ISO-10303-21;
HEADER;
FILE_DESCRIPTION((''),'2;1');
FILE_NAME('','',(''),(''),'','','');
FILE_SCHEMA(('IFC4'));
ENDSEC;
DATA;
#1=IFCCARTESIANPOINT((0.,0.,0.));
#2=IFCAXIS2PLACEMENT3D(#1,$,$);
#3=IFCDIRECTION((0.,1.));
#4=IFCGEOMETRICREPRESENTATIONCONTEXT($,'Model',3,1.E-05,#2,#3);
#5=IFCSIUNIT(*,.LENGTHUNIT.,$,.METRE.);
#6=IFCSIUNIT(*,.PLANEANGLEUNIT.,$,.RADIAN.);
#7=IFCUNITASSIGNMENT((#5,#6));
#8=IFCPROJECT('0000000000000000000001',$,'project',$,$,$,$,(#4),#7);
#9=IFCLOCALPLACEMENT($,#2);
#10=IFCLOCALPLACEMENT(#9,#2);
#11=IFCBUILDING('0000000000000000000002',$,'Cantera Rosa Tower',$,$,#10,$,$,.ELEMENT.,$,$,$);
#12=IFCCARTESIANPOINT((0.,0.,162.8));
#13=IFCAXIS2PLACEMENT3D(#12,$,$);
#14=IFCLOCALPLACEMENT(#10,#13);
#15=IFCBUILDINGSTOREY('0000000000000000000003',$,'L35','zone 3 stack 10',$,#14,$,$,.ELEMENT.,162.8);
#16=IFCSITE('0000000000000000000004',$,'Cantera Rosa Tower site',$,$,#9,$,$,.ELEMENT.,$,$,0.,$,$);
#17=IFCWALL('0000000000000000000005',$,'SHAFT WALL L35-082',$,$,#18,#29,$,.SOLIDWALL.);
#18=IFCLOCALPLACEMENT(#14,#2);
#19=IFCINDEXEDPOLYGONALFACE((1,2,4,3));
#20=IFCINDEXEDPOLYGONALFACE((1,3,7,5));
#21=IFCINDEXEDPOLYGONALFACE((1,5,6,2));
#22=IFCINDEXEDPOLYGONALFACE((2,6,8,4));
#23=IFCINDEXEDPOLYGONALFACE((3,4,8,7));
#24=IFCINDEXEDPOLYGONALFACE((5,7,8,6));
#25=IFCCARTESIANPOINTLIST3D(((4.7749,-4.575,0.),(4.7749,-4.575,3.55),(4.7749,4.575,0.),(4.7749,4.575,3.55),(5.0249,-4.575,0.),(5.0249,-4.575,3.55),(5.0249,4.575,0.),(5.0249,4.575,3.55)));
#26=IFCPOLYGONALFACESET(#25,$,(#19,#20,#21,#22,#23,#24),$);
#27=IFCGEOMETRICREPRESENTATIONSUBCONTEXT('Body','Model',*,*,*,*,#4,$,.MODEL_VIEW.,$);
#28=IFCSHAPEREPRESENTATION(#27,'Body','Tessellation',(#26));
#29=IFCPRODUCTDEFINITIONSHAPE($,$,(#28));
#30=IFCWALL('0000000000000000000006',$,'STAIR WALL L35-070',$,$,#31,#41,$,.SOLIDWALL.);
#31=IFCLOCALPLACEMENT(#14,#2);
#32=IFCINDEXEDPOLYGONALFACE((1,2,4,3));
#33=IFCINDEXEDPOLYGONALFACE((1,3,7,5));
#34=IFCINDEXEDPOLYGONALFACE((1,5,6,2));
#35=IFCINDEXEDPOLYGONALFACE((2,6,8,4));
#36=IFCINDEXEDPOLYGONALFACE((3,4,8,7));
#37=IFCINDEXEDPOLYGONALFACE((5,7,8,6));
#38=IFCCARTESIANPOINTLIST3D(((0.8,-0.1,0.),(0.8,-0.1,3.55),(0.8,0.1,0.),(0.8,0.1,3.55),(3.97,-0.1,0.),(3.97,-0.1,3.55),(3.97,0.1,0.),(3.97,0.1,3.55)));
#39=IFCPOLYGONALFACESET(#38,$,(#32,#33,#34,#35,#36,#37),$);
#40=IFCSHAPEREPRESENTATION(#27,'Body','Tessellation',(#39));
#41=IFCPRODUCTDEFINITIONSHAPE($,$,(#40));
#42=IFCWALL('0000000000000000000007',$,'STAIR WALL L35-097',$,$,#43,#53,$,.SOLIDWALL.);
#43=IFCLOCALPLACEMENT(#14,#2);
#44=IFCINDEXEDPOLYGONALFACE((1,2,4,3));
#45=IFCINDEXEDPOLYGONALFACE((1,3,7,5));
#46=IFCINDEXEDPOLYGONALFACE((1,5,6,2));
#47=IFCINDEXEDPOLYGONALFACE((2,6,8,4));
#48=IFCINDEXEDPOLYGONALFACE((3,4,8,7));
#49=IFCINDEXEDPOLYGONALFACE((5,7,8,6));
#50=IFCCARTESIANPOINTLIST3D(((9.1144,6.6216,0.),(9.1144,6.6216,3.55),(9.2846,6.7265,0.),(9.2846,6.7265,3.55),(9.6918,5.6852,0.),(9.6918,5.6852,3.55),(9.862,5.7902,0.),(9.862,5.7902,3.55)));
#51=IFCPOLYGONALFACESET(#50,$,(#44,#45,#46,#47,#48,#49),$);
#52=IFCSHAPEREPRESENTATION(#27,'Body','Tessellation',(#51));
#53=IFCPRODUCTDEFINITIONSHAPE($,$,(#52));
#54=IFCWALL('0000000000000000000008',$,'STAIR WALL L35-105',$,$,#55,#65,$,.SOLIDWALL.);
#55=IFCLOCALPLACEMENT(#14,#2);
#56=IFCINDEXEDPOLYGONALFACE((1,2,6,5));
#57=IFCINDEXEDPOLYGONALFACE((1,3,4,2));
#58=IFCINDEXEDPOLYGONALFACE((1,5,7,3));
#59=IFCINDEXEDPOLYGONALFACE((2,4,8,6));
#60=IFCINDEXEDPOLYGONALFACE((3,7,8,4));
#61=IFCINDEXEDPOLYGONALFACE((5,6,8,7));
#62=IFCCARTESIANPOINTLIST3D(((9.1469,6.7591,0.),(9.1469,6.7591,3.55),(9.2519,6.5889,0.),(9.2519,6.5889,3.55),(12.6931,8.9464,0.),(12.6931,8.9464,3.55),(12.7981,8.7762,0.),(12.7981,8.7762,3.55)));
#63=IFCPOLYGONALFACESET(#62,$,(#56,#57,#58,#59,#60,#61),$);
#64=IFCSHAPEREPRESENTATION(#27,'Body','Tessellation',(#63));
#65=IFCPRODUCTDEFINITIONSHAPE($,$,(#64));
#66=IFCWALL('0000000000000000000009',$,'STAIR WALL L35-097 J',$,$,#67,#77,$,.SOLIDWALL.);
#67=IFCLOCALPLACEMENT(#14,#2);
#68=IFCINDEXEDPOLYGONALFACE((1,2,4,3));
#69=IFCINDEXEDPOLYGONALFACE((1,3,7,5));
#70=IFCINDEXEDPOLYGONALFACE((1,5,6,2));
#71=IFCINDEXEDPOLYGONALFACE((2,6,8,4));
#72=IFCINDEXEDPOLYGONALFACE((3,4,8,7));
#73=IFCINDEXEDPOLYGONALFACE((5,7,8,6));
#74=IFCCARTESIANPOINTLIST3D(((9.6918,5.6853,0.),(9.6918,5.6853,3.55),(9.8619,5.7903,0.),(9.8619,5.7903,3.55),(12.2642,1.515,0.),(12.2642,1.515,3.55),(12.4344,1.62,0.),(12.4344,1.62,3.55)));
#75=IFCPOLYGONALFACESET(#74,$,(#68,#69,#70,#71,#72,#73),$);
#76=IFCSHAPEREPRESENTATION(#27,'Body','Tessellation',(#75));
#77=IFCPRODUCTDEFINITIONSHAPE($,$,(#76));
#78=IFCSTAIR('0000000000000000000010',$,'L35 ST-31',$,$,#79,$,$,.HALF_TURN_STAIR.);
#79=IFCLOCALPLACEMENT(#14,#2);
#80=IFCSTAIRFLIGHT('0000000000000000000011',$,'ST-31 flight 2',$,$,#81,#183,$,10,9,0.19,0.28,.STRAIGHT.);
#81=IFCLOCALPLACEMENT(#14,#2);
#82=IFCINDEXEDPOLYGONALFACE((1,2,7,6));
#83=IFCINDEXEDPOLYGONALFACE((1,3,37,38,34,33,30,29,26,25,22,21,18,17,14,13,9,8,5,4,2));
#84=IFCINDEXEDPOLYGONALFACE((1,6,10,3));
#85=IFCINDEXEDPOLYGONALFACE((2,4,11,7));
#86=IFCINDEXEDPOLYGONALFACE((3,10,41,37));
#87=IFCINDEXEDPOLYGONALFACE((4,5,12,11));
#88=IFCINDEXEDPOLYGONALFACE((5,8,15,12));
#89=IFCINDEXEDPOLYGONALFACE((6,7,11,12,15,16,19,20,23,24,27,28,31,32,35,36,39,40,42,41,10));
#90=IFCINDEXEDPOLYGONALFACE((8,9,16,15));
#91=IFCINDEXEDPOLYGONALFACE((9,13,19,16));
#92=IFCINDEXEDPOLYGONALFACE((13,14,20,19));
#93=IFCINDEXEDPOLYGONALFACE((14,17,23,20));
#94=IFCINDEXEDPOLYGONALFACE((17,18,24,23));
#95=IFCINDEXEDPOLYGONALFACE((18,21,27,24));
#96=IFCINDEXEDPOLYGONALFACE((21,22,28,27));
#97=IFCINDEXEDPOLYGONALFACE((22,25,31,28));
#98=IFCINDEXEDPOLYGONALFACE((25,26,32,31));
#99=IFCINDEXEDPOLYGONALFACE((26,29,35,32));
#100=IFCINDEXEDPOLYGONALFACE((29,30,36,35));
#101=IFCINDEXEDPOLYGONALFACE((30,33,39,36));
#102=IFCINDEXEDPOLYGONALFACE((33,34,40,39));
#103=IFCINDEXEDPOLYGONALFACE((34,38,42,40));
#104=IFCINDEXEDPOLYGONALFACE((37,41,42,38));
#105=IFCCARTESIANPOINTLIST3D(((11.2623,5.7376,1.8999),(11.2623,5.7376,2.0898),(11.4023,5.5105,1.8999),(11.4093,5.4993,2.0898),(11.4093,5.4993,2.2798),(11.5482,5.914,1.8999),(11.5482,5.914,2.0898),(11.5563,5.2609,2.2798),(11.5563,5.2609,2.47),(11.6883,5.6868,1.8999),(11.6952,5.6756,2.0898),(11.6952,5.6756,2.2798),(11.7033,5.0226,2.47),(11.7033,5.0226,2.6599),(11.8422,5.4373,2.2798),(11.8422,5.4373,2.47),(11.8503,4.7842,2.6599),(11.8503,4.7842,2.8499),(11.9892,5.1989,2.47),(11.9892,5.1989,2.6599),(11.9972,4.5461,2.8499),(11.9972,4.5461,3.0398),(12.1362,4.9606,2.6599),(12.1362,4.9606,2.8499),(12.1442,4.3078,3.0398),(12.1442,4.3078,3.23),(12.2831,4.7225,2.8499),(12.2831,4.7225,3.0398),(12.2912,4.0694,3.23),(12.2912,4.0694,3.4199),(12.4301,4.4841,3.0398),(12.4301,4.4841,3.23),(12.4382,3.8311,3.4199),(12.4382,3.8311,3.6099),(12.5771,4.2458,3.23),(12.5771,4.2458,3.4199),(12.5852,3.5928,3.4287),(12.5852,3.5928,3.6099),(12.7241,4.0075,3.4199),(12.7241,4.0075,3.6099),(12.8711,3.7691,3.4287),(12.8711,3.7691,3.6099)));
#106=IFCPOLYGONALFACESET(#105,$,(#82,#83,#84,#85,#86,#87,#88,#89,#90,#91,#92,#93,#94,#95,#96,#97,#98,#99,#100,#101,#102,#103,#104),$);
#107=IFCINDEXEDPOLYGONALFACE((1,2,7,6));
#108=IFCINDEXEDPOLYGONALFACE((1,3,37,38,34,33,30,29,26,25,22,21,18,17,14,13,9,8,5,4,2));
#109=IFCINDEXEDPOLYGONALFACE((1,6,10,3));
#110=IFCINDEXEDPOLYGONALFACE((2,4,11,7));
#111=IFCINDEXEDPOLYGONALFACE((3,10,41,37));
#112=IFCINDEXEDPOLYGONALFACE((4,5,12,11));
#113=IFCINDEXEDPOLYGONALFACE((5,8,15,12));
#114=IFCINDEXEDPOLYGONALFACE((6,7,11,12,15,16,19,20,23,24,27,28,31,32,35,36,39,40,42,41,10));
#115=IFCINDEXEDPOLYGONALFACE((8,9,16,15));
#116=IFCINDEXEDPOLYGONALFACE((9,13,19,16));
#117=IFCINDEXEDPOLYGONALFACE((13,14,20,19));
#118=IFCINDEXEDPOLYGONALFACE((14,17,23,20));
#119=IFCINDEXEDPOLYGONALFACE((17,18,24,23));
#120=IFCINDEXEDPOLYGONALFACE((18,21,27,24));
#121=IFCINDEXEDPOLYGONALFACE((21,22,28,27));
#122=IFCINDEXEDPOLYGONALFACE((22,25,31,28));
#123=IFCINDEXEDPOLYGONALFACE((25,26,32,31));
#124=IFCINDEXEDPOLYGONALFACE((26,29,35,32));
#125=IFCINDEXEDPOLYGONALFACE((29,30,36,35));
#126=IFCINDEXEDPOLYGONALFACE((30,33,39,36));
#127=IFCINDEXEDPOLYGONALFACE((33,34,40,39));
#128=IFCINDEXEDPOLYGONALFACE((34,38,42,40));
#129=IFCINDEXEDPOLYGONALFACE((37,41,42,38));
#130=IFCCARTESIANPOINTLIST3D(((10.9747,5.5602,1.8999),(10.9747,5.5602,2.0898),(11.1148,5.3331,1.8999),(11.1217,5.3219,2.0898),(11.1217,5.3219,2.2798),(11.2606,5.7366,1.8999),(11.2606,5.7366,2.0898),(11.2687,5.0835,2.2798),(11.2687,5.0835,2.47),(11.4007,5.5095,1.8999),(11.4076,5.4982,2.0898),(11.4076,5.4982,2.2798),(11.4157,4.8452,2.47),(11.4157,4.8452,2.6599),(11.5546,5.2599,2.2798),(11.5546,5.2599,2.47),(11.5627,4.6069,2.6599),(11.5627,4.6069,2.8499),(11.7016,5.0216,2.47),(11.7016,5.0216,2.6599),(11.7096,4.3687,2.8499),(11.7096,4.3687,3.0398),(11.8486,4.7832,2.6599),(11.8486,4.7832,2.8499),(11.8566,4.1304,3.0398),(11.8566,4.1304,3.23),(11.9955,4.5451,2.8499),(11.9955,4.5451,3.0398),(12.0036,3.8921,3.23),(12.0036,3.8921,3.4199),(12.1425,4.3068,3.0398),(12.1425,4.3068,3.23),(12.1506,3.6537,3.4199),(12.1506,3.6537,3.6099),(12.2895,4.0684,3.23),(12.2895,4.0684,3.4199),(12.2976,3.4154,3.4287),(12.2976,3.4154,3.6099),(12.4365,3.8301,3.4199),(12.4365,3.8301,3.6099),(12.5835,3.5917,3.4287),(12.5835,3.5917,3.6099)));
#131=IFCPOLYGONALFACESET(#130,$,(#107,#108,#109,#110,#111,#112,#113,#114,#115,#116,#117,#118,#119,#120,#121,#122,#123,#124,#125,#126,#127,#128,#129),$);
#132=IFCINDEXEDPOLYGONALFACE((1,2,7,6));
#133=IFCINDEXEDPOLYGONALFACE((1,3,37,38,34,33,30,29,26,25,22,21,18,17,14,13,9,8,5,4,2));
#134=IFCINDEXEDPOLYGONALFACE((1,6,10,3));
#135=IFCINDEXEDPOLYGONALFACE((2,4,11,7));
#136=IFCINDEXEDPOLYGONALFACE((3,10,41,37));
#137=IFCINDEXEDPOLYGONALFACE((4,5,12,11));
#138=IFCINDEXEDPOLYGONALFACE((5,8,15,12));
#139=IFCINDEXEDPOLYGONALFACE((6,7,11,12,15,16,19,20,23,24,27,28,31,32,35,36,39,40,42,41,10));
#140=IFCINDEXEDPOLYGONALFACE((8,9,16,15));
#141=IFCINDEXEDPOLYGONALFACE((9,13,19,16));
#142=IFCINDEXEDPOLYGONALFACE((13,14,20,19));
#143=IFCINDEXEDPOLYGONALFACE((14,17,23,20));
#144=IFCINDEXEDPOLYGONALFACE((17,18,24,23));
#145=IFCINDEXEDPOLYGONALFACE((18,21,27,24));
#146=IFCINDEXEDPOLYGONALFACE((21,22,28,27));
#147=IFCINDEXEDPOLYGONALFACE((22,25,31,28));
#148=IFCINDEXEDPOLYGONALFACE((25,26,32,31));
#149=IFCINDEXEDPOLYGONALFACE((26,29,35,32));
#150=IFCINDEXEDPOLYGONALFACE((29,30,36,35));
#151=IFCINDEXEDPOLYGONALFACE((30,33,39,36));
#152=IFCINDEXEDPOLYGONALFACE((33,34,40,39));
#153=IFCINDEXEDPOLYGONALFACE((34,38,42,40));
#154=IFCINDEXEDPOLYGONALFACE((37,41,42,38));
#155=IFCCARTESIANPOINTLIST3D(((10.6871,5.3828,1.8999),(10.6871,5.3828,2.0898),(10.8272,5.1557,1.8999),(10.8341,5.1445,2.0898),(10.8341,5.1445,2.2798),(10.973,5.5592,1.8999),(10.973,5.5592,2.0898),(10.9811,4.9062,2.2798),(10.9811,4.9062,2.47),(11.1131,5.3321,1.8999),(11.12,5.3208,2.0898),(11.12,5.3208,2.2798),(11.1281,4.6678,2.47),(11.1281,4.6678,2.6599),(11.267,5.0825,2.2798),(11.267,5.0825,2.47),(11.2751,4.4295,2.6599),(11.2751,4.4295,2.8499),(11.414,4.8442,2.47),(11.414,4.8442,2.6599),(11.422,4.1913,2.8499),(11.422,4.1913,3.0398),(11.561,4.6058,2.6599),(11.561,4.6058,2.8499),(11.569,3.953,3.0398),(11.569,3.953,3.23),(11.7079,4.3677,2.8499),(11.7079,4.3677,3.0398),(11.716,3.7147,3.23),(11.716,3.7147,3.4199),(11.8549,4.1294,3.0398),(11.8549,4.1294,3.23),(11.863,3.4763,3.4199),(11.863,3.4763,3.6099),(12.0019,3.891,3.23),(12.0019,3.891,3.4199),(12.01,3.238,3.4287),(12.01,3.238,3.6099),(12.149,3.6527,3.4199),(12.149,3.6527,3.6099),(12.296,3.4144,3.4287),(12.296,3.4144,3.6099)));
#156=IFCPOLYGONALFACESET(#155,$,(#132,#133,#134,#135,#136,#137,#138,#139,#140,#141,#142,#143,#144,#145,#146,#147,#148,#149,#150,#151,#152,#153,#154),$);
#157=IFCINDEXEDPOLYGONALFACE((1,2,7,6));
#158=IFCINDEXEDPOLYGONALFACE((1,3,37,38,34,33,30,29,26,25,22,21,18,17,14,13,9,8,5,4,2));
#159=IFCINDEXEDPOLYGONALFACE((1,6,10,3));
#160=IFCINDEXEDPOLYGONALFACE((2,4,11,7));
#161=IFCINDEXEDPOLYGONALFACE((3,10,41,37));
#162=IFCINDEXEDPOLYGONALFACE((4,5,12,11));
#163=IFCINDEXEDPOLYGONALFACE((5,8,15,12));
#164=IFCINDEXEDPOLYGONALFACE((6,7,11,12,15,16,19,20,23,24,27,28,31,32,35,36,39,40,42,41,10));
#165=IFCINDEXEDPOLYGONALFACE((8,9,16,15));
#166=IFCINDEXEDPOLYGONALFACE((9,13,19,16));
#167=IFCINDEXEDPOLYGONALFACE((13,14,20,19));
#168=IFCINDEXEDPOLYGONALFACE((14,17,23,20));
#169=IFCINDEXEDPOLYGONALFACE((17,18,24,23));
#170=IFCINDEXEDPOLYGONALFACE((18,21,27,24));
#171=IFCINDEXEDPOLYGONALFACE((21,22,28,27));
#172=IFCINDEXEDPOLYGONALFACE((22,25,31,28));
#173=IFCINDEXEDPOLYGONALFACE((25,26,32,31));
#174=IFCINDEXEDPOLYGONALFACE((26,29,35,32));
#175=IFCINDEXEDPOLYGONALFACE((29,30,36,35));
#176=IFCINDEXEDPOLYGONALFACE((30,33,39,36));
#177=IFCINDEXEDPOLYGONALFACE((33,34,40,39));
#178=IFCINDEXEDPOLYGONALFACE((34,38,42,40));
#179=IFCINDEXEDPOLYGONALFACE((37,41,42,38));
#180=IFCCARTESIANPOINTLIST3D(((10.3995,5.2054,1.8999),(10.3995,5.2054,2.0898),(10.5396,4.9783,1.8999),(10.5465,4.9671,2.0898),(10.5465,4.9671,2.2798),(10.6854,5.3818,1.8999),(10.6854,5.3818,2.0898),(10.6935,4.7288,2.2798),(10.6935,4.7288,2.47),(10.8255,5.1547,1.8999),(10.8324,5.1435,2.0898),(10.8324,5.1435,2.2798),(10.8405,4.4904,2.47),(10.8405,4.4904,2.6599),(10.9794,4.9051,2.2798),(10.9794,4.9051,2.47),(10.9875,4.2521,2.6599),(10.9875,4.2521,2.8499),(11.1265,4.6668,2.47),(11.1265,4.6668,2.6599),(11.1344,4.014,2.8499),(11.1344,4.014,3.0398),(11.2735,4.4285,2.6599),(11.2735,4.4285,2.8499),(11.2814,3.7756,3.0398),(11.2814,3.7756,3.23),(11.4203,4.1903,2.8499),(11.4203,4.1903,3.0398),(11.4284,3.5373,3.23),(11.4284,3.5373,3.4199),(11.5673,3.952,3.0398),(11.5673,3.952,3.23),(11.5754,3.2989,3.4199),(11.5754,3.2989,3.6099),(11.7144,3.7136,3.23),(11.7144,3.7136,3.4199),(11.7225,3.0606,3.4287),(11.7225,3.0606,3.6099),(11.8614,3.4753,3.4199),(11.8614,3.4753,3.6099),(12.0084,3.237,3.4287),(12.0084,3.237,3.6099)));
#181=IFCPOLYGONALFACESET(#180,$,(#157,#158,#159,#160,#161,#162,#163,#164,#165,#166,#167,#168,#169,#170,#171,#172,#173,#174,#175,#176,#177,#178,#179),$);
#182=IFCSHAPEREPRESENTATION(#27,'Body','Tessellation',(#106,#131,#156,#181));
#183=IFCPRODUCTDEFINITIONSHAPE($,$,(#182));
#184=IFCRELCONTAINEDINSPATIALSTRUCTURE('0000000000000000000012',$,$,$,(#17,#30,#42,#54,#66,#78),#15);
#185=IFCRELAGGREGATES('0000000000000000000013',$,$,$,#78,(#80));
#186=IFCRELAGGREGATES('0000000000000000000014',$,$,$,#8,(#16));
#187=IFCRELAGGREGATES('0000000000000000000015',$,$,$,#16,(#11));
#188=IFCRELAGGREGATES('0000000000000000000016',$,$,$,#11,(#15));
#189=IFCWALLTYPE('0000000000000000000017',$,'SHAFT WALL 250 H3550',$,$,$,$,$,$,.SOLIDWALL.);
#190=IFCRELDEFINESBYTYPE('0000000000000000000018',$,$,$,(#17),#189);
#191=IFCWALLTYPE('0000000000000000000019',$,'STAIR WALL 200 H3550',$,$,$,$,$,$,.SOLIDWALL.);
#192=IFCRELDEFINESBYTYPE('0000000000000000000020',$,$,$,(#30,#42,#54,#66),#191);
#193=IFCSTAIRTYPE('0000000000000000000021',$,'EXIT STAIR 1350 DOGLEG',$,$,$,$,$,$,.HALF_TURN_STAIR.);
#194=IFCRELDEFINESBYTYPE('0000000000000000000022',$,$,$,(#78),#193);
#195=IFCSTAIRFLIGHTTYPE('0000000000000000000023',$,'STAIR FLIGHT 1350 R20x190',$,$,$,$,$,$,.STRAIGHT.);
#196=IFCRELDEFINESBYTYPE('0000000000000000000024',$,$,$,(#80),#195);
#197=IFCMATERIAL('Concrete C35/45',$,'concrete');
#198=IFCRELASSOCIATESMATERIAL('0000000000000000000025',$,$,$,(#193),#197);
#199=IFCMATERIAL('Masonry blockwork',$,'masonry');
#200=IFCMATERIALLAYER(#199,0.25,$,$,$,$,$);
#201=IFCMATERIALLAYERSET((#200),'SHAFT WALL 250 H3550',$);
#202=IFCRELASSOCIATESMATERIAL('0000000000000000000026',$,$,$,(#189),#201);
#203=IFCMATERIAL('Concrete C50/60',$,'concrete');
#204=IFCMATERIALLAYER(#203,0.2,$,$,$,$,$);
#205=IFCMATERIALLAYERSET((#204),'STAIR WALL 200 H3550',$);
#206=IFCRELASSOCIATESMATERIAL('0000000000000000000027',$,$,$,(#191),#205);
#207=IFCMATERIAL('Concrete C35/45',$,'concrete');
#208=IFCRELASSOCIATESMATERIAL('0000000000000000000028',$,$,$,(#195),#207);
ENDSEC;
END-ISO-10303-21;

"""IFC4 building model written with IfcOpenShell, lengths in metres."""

from ifc_helpers import new_model, si_unit, direction, frame, frame_2d, origin, place, context, subcontext, project, spatial, polyline, rectangle, outline, extrude, material, layer, layer_set, type_object, element, aggregate, save


model = new_model("IFC4")

# Units and contexts
model_context = context("Model", 3, precision=1e-05, world=origin(), true_north=direction((0.0, 1.0)))
body_context = subcontext(model_context, "Body", "Model", "MODEL_VIEW")
ifc_project = project(units=[si_unit("LENGTHUNIT", "METRE"), si_unit("PLANEANGLEUNIT", "RADIAN")], contexts=[model_context])

# Site, building, storey
site_placement = place(None, origin())
site = spatial("IfcSite", under=ifc_project, at=site_placement, Name="Cantera Rosa Tower site", CompositionType="ELEMENT", RefElevation=0.0)
building_placement = place(site_placement, origin())
building = spatial("IfcBuilding", under=site, at=building_placement, Name="Cantera Rosa Tower", CompositionType="ELEMENT")
storey_placement = place(building_placement, frame((0.0, 0.0, 162.8)))
storey = spatial("IfcBuildingStorey", under=building, at=storey_placement, Name="L35", Description="zone 3 stack 10", CompositionType="ELEMENT", Elevation=162.8)

# Shared definitions
ifc_material_1 = material(Name="Concrete C35/45", Category="concrete")
stair_type = type_object("IfcStairType", Name="EXIT STAIR 1350 DOGLEG", PredefinedType="HALF_TURN_STAIR", material=ifc_material_1)

# Walls
ifc_material_2 = material(Name="Masonry blockwork", Category="masonry")
ifc_layer_1 = layer(ifc_material_2, 0.25)
ifc_layer_set_1 = layer_set([ifc_layer_1], Name="SHAFT WALL 250 H3550")
wall_type_1 = type_object("IfcWallType", Name="SHAFT WALL 250 H3550", PredefinedType="SOLIDWALL", material=ifc_layer_set_1)
wall_1_placement = place(storey_placement, frame((4.8999, 4.575, 0.0), z_axis=(0.0, 0.0, 1.0), x_axis=(0.0, -1.0, 0.0)))
element("IfcWall", 1, at=wall_1_placement, inside=storey, type_object=wall_type_1, Name="SHAFT WALL L35-082", PredefinedType="SOLIDWALL", context=body_context, shape_type="SweptSolid", body=[
    extrude(rectangle(XDim=9.1499, YDim=0.25, at=frame_2d((4.575, 0.0))), origin(), (0.0, 0.0, 1.0), 3.55),
])
ifc_material_3 = material(Name="Concrete C50/60", Category="concrete")
ifc_layer_2 = layer(ifc_material_3, 0.2)
ifc_layer_set_2 = layer_set([ifc_layer_2], Name="STAIR WALL 200 H3550")
wall_type_2 = type_object("IfcWallType", Name="STAIR WALL 200 H3550", PredefinedType="SOLIDWALL", material=ifc_layer_set_2)
wall_2_placement = place(storey_placement, frame((0.8, 0.0, 0.0), z_axis=(0.0, 0.0, 1.0), x_axis=(1.0, 0.0, 0.0)))
element("IfcWall", 2, at=wall_2_placement, inside=storey, type_object=wall_type_2, Name="STAIR WALL L35-070", PredefinedType="SOLIDWALL", context=body_context, shape_type="SweptSolid", body=[
    extrude(rectangle(XDim=3.1699, YDim=0.2, at=frame_2d((1.585, 0.0))), origin(), (0.0, 0.0, 1.0), 3.55),
])
wall_3_placement = place(storey_placement, frame((9.1995, 6.6741, 0.0), z_axis=(0.0, 0.0, 1.0), x_axis=(0.524902, -0.851163, 0.0)))
element("IfcWall", 3, at=wall_3_placement, inside=storey, type_object=wall_type_2, Name="STAIR WALL L35-097", PredefinedType="SOLIDWALL", context=body_context, shape_type="SweptSolid", body=[
    extrude(rectangle(XDim=1.1001, YDim=0.2, at=frame_2d((0.55, 0.0))), origin(), (0.0, 0.0, 1.0), 3.55),
])
wall_4_placement = place(storey_placement, frame((12.7456, 8.8613, 0.0), z_axis=(0.0, 0.0, 1.0), x_axis=(-0.851121, -0.52497, 0.0)))
element("IfcWall", 4, at=wall_4_placement, inside=storey, type_object=wall_type_2, Name="STAIR WALL L35-105", PredefinedType="SOLIDWALL", context=body_context, shape_type="SweptSolid", body=[
    extrude(rectangle(XDim=4.1665, YDim=0.2, at=frame_2d((2.0833, 0.0))), origin(), (0.0, 0.0, 1.0), 3.55),
])
wall_5_placement = place(storey_placement, frame((9.7769, 5.7378, 0.0), z_axis=(0.0, 0.0, 1.0), x_axis=(0.525001, -0.851102, 0.0)))
element("IfcWall", 5, at=wall_5_placement, inside=storey, type_object=wall_type_2, Name="STAIR WALL L35-097 J", PredefinedType="SOLIDWALL", context=body_context, shape_type="SweptSolid", body=[
    extrude(rectangle(XDim=4.8999, YDim=0.2, at=frame_2d((2.45, 0.0))), origin(), (0.0, 0.0, 1.0), 3.55),
])

# Stair, stair flight
stair_1_placement = place(storey_placement, origin())
stair_1 = element("IfcStair", 6, at=stair_1_placement, inside=storey, type_object=stair_type, Name="L35 ST-31", PredefinedType="HALF_TURN_STAIR")
ifc_material_4 = material(Name="Concrete C35/45", Category="concrete")
stair_flight_type = type_object("IfcStairFlightType", Name="STAIR FLIGHT 1350 R20x190", PredefinedType="STRAIGHT", material=ifc_material_4)
stair_flight_placement = place(storey_placement, frame((10.9736, 5.5596, 1.8999), z_axis=(0.0, 0.0, 1.0), x_axis=(0.524977, -0.851117, 0.0)))
stair_flight = element("IfcStairFlight", 7, at=stair_flight_placement, type_object=stair_flight_type, Name="ST-31 flight 2", NumberOfRisers=10, NumberOfTreads=9, PredefinedType="STRAIGHT", RiserHeight=0.19, TreadLength=0.28, context=body_context, shape_type="SweptSolid", body=[
    extrude(outline(polyline([(0.0, 0.0), (0.0, 0.1899), (0.28, 0.1899), (0.28, 0.3799), (0.5601, 0.3799), (0.5601, 0.5701), (0.8401, 0.5701), (0.8401, 0.76), (1.1201, 0.76), (1.1201, 0.95), (1.3999, 0.95), (1.3999, 1.1399), (1.6799, 1.1399), (1.6799, 1.3301), (1.96, 1.3301), (1.96, 1.52), (2.24, 1.52), (2.24, 1.71), (2.52, 1.71), (2.52, 1.8999), (2.52, 1.5288), (0.2668, 0.0), (0.0, 0.0)])), frame((0.0, 0.675, 0.0), z_axis=(0.0, -1.0, 0.0), x_axis=(1.0, 0.0, 0.0)), (0.0, 0.0, 1.0), 0.3359),
    extrude(outline(polyline([(0.0, 0.0), (0.0, 0.1899), (0.28, 0.1899), (0.28, 0.3799), (0.5601, 0.3799), (0.5601, 0.5701), (0.8401, 0.5701), (0.8401, 0.76), (1.1201, 0.76), (1.1201, 0.95), (1.3999, 0.95), (1.3999, 1.1399), (1.6799, 1.1399), (1.6799, 1.3301), (1.96, 1.3301), (1.96, 1.52), (2.24, 1.52), (2.24, 1.71), (2.52, 1.71), (2.52, 1.8999), (2.52, 1.5288), (0.2668, 0.0), (0.0, 0.0)])), frame((0.0, 0.3372, 0.0), z_axis=(0.0, -1.0, 0.0), x_axis=(1.0, 0.0, 0.0)), (0.0, 0.0, 1.0), 0.3359),
    extrude(outline(polyline([(0.0, 0.0), (0.0, 0.1899), (0.28, 0.1899), (0.28, 0.3799), (0.5601, 0.3799), (0.5601, 0.5701), (0.8401, 0.5701), (0.8401, 0.76), (1.1201, 0.76), (1.1201, 0.95), (1.3999, 0.95), (1.3999, 1.1399), (1.6799, 1.1399), (1.6799, 1.3301), (1.96, 1.3301), (1.96, 1.52), (2.24, 1.52), (2.24, 1.71), (2.52, 1.71), (2.52, 1.8999), (2.52, 1.5288), (0.2668, 0.0), (0.0, 0.0)])), frame((0.0, -0.0007, 0.0), z_axis=(0.0, -1.0, 0.0), x_axis=(1.0, 0.0, 0.0)), (0.0, 0.0, 1.0), 0.3359),
    extrude(outline(polyline([(0.0, 0.0), (0.0, 0.1899), (0.28, 0.1899), (0.28, 0.3799), (0.5601, 0.3799), (0.5601, 0.5701), (0.8401, 0.5701), (0.8401, 0.76), (1.1201, 0.76), (1.1201, 0.95), (1.3999, 0.95), (1.3999, 1.1399), (1.6799, 1.1399), (1.6799, 1.3301), (1.96, 1.3301), (1.96, 1.52), (2.24, 1.52), (2.24, 1.71), (2.52, 1.71), (2.52, 1.8999), (2.52, 1.5288), (0.2668, 0.0), (0.0, 0.0)])), frame((0.0, -0.3386, 0.0), z_axis=(0.0, -1.0, 0.0), x_axis=(1.0, 0.0, 0.0)), (0.0, 0.0, 1.0), 0.3359),
])
aggregate(stair_1, [stair_flight])

save(model, "model.ifc")
